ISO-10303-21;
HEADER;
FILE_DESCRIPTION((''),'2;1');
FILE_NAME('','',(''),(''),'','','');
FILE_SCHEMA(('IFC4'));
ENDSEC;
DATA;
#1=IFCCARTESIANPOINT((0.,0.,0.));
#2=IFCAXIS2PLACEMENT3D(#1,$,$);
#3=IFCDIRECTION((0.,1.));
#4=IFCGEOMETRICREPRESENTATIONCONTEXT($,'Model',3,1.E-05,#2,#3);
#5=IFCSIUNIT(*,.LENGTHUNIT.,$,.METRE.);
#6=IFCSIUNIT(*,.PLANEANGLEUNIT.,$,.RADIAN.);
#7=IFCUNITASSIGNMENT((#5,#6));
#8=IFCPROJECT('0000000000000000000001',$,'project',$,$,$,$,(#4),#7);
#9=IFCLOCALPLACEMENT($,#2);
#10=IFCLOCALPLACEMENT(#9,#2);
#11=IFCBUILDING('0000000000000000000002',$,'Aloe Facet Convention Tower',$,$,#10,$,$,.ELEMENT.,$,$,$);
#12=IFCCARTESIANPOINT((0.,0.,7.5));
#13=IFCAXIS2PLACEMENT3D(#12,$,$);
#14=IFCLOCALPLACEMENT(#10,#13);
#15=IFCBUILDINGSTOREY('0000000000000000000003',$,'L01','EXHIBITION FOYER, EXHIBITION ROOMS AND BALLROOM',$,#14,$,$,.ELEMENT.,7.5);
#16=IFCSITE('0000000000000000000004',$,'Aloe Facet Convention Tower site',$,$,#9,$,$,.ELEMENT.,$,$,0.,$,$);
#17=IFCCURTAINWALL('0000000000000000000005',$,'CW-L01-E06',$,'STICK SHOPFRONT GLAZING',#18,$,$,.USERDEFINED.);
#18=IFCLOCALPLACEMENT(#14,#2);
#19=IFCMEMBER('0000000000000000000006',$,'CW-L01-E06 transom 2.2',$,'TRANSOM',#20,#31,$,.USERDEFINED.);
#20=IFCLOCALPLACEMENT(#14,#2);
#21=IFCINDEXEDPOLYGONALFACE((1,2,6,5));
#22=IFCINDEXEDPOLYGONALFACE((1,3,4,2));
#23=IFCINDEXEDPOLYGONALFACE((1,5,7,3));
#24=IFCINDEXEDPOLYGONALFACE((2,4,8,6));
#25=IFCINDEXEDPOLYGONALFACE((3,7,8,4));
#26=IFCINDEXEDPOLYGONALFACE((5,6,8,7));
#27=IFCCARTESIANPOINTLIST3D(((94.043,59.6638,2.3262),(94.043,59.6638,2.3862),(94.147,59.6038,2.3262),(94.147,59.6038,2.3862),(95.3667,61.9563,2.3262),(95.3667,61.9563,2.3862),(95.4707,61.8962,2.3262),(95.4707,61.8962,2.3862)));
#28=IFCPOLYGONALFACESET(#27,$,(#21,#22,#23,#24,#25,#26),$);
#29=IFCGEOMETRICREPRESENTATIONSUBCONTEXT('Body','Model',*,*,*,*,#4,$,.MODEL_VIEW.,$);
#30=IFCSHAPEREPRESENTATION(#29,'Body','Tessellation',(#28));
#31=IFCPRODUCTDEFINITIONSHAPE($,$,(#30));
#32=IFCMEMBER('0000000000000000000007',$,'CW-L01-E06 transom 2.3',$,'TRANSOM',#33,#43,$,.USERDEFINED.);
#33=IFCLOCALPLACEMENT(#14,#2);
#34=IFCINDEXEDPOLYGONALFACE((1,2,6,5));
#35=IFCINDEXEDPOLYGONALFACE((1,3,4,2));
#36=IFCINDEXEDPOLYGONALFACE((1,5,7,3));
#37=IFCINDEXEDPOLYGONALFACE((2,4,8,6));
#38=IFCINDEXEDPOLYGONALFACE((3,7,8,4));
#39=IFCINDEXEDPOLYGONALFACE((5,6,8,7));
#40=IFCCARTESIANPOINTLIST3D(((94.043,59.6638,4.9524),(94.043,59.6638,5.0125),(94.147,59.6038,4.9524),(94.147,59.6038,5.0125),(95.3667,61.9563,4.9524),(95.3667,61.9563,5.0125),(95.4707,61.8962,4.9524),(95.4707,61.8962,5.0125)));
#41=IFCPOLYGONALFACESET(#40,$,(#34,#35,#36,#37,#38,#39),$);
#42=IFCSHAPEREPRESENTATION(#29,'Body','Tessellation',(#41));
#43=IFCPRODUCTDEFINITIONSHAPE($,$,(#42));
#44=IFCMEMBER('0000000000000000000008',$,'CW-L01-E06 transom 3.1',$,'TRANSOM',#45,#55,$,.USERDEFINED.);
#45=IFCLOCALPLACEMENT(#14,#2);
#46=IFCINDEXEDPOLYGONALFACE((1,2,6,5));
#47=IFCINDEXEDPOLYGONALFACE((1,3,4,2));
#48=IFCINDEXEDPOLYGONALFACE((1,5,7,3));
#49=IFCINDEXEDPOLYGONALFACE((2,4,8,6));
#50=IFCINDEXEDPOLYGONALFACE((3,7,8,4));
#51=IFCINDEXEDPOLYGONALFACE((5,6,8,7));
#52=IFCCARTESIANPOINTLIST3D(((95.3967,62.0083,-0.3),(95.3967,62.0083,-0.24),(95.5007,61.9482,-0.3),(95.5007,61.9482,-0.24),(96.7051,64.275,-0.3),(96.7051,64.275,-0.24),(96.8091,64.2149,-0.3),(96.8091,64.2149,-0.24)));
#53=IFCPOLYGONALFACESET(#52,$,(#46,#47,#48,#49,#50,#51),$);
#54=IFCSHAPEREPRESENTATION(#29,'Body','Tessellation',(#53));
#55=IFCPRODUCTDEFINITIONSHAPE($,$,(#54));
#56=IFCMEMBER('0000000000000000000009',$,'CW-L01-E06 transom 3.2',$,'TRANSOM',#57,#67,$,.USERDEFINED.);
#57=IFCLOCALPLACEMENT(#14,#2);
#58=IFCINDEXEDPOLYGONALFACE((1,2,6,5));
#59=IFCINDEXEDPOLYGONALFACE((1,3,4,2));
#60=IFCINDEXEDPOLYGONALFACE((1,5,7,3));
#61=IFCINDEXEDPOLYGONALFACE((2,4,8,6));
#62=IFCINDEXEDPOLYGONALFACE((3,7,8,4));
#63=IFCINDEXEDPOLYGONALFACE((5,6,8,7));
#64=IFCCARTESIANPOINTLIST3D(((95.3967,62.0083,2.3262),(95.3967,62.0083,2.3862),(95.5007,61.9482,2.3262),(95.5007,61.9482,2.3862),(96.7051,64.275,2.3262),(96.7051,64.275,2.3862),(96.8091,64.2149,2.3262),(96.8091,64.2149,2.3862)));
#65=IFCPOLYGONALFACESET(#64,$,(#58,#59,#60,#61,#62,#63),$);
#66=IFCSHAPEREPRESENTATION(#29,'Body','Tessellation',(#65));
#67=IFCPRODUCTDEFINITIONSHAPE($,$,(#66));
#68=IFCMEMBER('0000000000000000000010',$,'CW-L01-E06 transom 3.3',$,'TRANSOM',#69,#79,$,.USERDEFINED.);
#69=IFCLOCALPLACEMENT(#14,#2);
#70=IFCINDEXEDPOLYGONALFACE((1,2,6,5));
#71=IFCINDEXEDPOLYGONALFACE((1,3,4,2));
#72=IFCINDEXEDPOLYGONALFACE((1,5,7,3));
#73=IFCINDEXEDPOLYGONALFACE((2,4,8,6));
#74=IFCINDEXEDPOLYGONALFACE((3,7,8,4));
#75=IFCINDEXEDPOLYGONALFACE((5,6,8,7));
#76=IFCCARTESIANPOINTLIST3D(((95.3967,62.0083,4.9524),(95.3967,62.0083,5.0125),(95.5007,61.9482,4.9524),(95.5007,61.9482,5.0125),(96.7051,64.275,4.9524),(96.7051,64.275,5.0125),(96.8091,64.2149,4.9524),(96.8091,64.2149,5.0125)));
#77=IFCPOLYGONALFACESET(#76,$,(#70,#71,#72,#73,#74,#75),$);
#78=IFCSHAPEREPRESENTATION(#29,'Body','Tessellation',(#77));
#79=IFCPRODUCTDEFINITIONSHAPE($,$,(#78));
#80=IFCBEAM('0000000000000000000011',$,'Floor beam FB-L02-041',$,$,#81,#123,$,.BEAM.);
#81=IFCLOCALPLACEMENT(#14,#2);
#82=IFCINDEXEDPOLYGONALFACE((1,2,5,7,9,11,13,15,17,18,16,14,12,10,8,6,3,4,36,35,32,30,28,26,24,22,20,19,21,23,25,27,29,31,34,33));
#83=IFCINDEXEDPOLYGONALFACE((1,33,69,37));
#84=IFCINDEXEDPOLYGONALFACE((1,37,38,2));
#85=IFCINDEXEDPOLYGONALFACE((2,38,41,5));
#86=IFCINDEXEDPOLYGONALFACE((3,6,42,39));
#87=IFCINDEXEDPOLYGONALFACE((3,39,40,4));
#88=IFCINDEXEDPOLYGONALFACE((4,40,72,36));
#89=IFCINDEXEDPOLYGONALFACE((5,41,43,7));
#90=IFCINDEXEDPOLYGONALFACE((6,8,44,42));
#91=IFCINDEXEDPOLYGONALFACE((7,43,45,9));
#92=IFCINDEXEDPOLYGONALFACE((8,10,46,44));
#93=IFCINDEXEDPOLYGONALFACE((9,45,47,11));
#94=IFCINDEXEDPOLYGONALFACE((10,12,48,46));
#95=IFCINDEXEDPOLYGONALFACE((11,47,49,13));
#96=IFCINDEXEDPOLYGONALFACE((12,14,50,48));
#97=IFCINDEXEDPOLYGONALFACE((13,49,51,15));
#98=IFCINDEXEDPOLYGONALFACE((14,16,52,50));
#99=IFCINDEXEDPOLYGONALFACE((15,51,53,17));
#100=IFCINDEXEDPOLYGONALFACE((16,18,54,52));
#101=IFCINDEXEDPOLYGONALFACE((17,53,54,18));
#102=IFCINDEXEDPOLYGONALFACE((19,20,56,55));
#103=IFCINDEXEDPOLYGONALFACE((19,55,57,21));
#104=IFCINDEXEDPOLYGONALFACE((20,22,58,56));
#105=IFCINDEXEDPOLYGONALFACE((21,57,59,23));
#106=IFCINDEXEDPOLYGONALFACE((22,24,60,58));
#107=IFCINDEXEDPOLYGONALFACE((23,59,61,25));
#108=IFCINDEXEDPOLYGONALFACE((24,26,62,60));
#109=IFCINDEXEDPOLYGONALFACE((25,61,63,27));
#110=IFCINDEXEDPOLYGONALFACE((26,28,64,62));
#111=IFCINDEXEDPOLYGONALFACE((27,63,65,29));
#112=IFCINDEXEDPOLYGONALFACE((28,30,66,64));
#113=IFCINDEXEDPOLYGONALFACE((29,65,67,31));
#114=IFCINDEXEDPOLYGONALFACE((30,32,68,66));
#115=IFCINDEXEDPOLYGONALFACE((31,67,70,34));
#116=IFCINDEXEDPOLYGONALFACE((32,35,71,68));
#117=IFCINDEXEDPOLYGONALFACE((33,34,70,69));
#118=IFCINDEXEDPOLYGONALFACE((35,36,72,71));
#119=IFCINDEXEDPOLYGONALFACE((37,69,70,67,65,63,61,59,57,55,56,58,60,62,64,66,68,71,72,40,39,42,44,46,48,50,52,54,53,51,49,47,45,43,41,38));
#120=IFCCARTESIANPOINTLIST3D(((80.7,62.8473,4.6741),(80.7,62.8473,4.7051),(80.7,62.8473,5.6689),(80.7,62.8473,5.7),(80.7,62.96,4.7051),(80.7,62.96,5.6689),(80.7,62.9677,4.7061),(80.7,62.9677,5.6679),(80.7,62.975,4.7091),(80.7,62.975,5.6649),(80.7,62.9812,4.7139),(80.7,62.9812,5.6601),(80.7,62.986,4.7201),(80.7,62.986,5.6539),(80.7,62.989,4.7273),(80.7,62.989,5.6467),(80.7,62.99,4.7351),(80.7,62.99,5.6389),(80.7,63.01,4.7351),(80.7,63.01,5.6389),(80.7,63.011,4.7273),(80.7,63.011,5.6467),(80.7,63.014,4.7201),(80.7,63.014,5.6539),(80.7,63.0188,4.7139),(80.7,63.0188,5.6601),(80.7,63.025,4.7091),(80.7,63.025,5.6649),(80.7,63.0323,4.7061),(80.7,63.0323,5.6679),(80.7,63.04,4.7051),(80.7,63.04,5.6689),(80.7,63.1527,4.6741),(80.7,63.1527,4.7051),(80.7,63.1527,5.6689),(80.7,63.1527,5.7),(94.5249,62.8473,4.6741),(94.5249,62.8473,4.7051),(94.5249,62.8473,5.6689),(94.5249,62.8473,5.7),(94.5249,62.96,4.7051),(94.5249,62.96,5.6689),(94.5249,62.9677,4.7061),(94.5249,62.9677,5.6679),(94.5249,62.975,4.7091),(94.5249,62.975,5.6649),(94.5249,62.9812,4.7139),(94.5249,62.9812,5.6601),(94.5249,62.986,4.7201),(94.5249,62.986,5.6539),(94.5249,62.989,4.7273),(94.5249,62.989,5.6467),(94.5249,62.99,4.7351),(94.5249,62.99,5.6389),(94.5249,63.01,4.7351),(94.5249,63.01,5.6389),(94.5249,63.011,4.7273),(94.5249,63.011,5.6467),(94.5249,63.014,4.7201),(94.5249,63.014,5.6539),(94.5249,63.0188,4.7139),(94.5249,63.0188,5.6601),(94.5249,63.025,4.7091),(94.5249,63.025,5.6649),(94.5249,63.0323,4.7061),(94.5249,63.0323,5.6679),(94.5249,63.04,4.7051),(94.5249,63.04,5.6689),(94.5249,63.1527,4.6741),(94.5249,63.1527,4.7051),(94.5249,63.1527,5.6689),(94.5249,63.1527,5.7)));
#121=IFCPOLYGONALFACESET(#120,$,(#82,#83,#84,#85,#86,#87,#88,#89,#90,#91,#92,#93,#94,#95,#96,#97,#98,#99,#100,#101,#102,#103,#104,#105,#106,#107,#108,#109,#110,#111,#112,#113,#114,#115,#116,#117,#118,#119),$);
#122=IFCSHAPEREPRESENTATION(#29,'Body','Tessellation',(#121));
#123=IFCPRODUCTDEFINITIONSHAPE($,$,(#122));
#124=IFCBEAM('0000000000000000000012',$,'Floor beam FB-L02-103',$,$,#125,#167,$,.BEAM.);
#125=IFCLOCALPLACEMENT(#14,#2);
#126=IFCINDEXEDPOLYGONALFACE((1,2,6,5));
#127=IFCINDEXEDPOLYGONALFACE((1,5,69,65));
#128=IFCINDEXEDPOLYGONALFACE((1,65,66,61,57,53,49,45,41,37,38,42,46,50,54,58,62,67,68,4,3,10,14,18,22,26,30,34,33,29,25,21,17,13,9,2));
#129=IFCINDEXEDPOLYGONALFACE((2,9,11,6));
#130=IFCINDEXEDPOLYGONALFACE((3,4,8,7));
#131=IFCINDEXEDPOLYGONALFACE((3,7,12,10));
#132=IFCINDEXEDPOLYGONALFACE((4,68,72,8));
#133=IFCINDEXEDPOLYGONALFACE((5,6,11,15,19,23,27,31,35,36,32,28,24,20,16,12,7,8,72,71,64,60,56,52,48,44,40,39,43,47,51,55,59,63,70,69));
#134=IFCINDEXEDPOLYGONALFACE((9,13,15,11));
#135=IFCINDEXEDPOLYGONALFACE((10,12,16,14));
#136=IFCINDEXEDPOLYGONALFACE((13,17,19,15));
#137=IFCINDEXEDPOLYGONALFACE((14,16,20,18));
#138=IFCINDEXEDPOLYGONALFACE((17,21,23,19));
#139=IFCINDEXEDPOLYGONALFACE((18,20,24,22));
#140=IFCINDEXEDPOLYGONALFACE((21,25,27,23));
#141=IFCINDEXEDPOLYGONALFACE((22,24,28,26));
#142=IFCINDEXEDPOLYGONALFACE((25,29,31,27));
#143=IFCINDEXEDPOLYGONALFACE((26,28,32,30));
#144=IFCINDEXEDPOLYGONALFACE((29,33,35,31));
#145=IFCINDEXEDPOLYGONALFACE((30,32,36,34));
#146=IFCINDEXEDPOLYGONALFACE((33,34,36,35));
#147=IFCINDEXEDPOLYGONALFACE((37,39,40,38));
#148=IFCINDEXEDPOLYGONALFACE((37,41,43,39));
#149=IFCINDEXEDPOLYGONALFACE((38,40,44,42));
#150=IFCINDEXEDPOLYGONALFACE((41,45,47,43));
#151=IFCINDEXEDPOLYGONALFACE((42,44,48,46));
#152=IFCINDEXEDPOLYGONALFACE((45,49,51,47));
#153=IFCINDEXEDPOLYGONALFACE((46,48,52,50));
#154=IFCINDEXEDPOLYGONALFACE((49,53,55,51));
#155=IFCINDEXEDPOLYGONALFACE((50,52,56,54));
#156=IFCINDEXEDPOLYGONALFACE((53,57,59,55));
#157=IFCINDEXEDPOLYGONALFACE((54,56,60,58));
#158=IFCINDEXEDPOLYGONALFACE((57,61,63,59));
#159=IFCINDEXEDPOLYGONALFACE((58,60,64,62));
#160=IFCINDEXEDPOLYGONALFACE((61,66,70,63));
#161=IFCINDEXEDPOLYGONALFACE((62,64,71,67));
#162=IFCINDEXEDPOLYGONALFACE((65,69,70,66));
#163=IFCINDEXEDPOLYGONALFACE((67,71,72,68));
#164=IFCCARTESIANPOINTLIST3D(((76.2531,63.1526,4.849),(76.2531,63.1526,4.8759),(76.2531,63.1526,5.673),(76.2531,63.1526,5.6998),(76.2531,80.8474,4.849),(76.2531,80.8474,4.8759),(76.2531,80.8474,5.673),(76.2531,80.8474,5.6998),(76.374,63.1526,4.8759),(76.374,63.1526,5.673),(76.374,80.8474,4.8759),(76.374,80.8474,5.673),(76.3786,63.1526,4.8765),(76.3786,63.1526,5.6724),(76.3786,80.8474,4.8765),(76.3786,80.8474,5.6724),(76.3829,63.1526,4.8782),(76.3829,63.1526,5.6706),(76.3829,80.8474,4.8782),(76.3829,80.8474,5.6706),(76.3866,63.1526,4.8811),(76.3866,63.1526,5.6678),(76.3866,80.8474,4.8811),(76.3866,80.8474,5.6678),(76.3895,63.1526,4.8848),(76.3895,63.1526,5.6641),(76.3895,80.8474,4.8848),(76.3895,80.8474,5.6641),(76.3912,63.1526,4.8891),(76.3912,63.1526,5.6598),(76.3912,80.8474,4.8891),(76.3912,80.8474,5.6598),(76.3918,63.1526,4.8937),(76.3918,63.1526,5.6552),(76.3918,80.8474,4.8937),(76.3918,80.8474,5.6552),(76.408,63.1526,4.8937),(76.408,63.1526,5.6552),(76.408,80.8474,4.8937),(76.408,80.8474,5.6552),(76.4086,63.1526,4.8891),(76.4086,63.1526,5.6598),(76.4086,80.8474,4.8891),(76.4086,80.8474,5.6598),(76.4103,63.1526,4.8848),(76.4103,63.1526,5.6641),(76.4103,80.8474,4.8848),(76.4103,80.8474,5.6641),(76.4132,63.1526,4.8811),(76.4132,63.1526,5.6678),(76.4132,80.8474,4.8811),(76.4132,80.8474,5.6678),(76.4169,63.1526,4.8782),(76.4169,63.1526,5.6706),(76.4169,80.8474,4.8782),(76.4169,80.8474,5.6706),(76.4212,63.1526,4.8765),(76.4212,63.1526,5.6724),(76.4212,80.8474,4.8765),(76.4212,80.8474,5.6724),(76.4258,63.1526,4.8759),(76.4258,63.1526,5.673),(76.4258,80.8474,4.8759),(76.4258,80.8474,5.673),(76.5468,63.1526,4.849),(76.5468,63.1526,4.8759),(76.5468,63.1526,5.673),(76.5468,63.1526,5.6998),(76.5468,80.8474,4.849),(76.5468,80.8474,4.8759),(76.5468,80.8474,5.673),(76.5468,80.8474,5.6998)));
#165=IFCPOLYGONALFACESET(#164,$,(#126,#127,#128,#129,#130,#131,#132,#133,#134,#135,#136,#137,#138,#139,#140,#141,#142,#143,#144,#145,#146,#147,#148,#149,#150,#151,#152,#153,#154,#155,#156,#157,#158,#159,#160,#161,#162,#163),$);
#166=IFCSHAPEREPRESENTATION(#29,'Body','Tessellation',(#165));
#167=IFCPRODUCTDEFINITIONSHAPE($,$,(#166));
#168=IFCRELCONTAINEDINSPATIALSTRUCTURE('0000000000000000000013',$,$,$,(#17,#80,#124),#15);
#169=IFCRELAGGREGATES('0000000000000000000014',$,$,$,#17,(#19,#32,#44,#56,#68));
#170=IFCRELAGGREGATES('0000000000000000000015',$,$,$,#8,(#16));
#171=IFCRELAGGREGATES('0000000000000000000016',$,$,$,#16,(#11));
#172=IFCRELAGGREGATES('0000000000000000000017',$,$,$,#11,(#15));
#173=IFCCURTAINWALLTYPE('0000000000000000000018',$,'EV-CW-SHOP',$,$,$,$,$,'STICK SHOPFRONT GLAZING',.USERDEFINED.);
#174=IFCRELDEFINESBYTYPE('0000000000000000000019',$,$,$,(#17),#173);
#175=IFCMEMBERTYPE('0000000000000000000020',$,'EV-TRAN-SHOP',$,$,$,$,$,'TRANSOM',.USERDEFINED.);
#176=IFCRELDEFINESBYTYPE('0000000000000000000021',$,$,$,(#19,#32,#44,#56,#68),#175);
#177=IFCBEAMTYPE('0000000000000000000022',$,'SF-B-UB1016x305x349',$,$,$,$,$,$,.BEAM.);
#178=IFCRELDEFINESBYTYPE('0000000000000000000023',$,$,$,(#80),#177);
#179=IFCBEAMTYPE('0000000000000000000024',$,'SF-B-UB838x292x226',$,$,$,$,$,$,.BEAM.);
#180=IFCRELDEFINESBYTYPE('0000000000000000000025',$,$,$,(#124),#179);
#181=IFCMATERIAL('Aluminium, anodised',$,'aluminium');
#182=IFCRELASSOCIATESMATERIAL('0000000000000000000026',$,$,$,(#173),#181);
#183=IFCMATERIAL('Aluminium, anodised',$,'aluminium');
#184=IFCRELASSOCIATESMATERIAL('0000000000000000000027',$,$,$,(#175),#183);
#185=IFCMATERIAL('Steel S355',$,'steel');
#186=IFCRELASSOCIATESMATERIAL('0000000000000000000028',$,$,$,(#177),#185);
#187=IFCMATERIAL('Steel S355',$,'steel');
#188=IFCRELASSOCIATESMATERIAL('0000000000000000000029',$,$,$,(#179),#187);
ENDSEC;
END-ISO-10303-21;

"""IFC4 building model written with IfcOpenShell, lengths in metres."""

from ifc_helpers import new_model, si_unit, direction, frame, origin, origin_2d, place, context, subcontext, project, spatial, rectangle, i_section, extrude, material, material_profile, profile_set, type_object, element, aggregate, save


model = new_model("IFC4")

# Units and contexts
model_context = context("Model", 3, precision=1e-05, world=origin(), true_north=direction((0.0, 1.0)))
body_context = subcontext(model_context, "Body", "Model", "MODEL_VIEW")
ifc_project = project(units=[si_unit("LENGTHUNIT", "METRE"), si_unit("PLANEANGLEUNIT", "RADIAN")], contexts=[model_context])

# Site, building, storey
site_placement = place(None, origin())
site = spatial("IfcSite", under=ifc_project, at=site_placement, Name="Aloe Facet Convention Tower site", CompositionType="ELEMENT", RefElevation=0.0)
building_placement = place(site_placement, origin())
building = spatial("IfcBuilding", under=site, at=building_placement, Name="Aloe Facet Convention Tower", CompositionType="ELEMENT")
storey_placement = place(building_placement, frame((0.0, 0.0, 7.5)))
storey = spatial("IfcBuildingStorey", under=building, at=storey_placement, Name="L01", Description="EXHIBITION FOYER, EXHIBITION ROOMS AND BALLROOM", CompositionType="ELEMENT", Elevation=7.5)

# Curtain wall, members
ifc_material_1 = material(Name="Aluminium, anodised", Category="aluminium")
curtain_wall_type = type_object("IfcCurtainWallType", Name="EV-CW-SHOP", ElementType="STICK SHOPFRONT GLAZING", PredefinedType="USERDEFINED", material=ifc_material_1)
curtain_wall_placement = place(storey_placement, origin())
curtain_wall = element("IfcCurtainWall", 1, at=curtain_wall_placement, inside=storey, type_object=curtain_wall_type, Name="CW-L01-E06", ObjectType="STICK SHOPFRONT GLAZING", PredefinedType="USERDEFINED")
ifc_material_2 = material(Name="Aluminium, anodised", Category="aluminium")
ifc_material_profile_1 = material_profile(ifc_material_2, rectangle(XDim=0.1201, YDim=0.0601, at=origin_2d()), Name="AL 120x60")
ifc_profile_set_1 = profile_set([ifc_material_profile_1], Name="Aluminium, anodised")
member_type_1 = type_object("IfcMemberType", Name="EV-TRAN-SHOP", ElementType="TRANSOM", PredefinedType="USERDEFINED", material=ifc_profile_set_1)
member_1_placement = place(storey_placement, frame((94.095, 59.6338, 2.3562), z_axis=(0.500047, 0.865998, 0.0), x_axis=(-0.865998, 0.500047, 0.0)))
member_1 = element("IfcMember", 2, at=member_1_placement, type_object=member_type_1, Name="CW-L01-E06 transom 2.2", ObjectType="TRANSOM", PredefinedType="USERDEFINED", context=body_context, shape_type="SweptSolid", body=[
    extrude(rectangle(XDim=0.1201, YDim=0.0601, at=origin_2d()), origin(), (0.0, 0.0, 1.0), 2.6472),
])
member_2_placement = place(storey_placement, frame((94.095, 59.6338, 4.9824), z_axis=(0.500047, 0.865998, 0.0), x_axis=(-0.865998, 0.500047, 0.0)))
member_2 = element("IfcMember", 3, at=member_2_placement, type_object=member_type_1, Name="CW-L01-E06 transom 2.3", ObjectType="TRANSOM", PredefinedType="USERDEFINED", context=body_context, shape_type="SweptSolid", body=[
    extrude(rectangle(XDim=0.1201, YDim=0.0601, at=origin_2d()), origin(), (0.0, 0.0, 1.0), 2.6472),
])
member_3_placement = place(storey_placement, frame((95.4487, 61.9783, -0.27), z_axis=(0.499922, 0.866071, 0.0), x_axis=(-0.866071, 0.499922, 0.0)))
member_3 = element("IfcMember", 4, at=member_3_placement, type_object=member_type_1, Name="CW-L01-E06 transom 3.1", ObjectType="TRANSOM", PredefinedType="USERDEFINED", context=body_context, shape_type="SweptSolid", body=[
    extrude(rectangle(XDim=0.1201, YDim=0.0601, at=origin_2d()), origin(), (0.0, 0.0, 1.0), 2.6172),
])
member_4_placement = place(storey_placement, frame((95.4487, 61.9783, 2.3562), z_axis=(0.499922, 0.866071, 0.0), x_axis=(-0.866071, 0.499922, 0.0)))
member_4 = element("IfcMember", 5, at=member_4_placement, type_object=member_type_1, Name="CW-L01-E06 transom 3.2", ObjectType="TRANSOM", PredefinedType="USERDEFINED", context=body_context, shape_type="SweptSolid", body=[
    extrude(rectangle(XDim=0.1201, YDim=0.0601, at=origin_2d()), origin(), (0.0, 0.0, 1.0), 2.6172),
])
member_5_placement = place(storey_placement, frame((95.4487, 61.9783, 4.9824), z_axis=(0.499922, 0.866071, 0.0), x_axis=(-0.866071, 0.499922, 0.0)))
member_5 = element("IfcMember", 6, at=member_5_placement, type_object=member_type_1, Name="CW-L01-E06 transom 3.3", ObjectType="TRANSOM", PredefinedType="USERDEFINED", context=body_context, shape_type="SweptSolid", body=[
    extrude(rectangle(XDim=0.1201, YDim=0.0601, at=origin_2d()), origin(), (0.0, 0.0, 1.0), 2.6172),
])

# Beams
ifc_material_3 = material(Name="Steel S355", Category="steel")
ifc_material_profile_2 = material_profile(ifc_material_3, i_section(OverallWidth=0.3054, OverallDepth=1.0259, WebThickness=0.02, FlangeThickness=0.031, FilletRadius=0.03, at=origin_2d()), Name="UB 1016x305x349")
ifc_profile_set_2 = profile_set([ifc_material_profile_2], Name="Steel S355")
beam_type_1 = type_object("IfcBeamType", Name="SF-B-UB1016x305x349", PredefinedType="BEAM", material=ifc_profile_set_2)
beam_1_placement = place(storey_placement, frame((80.7, 63.0, 5.187), z_axis=(1.0, 0.0, 0.0), x_axis=(0.0, 1.0, 0.0)))
element("IfcBeam", 7, at=beam_1_placement, inside=storey, type_object=beam_type_1, Name="Floor beam FB-L02-041", PredefinedType="BEAM", context=body_context, shape_type="SweptSolid", body=[
    extrude(i_section(OverallWidth=0.3054, OverallDepth=1.0259, WebThickness=0.02, FlangeThickness=0.031, FilletRadius=0.03, at=origin_2d()), origin(), (0.0, 0.0, 1.0), 13.825),
])
ifc_material_4 = material(Name="Steel S355", Category="steel")
ifc_material_profile_3 = material_profile(ifc_material_4, i_section(OverallWidth=0.2937, OverallDepth=0.8508, WebThickness=0.0161, FlangeThickness=0.0269, FilletRadius=0.0178, at=origin_2d()), Name="UB 838x292x226")
ifc_profile_set_3 = profile_set([ifc_material_profile_3], Name="Steel S355")
beam_type_2 = type_object("IfcBeamType", Name="SF-B-UB838x292x226", PredefinedType="BEAM", material=ifc_profile_set_3)
beam_2_placement = place(storey_placement, frame((76.3999, 63.1526, 5.2744), z_axis=(0.0, 1.0, 0.0), x_axis=(-1.0, 0.0, 0.0)))
element("IfcBeam", 8, at=beam_2_placement, inside=storey, type_object=beam_type_2, Name="Floor beam FB-L02-103", PredefinedType="BEAM", context=body_context, shape_type="SweptSolid", body=[
    extrude(i_section(OverallWidth=0.2937, OverallDepth=0.8508, WebThickness=0.0161, FlangeThickness=0.0269, FilletRadius=0.0178, at=origin_2d()), origin(), (0.0, 0.0, 1.0), 17.6948),
])

aggregate(curtain_wall, [member_1, member_2, member_3, member_4, member_5])

save(model, "model.ifc")
